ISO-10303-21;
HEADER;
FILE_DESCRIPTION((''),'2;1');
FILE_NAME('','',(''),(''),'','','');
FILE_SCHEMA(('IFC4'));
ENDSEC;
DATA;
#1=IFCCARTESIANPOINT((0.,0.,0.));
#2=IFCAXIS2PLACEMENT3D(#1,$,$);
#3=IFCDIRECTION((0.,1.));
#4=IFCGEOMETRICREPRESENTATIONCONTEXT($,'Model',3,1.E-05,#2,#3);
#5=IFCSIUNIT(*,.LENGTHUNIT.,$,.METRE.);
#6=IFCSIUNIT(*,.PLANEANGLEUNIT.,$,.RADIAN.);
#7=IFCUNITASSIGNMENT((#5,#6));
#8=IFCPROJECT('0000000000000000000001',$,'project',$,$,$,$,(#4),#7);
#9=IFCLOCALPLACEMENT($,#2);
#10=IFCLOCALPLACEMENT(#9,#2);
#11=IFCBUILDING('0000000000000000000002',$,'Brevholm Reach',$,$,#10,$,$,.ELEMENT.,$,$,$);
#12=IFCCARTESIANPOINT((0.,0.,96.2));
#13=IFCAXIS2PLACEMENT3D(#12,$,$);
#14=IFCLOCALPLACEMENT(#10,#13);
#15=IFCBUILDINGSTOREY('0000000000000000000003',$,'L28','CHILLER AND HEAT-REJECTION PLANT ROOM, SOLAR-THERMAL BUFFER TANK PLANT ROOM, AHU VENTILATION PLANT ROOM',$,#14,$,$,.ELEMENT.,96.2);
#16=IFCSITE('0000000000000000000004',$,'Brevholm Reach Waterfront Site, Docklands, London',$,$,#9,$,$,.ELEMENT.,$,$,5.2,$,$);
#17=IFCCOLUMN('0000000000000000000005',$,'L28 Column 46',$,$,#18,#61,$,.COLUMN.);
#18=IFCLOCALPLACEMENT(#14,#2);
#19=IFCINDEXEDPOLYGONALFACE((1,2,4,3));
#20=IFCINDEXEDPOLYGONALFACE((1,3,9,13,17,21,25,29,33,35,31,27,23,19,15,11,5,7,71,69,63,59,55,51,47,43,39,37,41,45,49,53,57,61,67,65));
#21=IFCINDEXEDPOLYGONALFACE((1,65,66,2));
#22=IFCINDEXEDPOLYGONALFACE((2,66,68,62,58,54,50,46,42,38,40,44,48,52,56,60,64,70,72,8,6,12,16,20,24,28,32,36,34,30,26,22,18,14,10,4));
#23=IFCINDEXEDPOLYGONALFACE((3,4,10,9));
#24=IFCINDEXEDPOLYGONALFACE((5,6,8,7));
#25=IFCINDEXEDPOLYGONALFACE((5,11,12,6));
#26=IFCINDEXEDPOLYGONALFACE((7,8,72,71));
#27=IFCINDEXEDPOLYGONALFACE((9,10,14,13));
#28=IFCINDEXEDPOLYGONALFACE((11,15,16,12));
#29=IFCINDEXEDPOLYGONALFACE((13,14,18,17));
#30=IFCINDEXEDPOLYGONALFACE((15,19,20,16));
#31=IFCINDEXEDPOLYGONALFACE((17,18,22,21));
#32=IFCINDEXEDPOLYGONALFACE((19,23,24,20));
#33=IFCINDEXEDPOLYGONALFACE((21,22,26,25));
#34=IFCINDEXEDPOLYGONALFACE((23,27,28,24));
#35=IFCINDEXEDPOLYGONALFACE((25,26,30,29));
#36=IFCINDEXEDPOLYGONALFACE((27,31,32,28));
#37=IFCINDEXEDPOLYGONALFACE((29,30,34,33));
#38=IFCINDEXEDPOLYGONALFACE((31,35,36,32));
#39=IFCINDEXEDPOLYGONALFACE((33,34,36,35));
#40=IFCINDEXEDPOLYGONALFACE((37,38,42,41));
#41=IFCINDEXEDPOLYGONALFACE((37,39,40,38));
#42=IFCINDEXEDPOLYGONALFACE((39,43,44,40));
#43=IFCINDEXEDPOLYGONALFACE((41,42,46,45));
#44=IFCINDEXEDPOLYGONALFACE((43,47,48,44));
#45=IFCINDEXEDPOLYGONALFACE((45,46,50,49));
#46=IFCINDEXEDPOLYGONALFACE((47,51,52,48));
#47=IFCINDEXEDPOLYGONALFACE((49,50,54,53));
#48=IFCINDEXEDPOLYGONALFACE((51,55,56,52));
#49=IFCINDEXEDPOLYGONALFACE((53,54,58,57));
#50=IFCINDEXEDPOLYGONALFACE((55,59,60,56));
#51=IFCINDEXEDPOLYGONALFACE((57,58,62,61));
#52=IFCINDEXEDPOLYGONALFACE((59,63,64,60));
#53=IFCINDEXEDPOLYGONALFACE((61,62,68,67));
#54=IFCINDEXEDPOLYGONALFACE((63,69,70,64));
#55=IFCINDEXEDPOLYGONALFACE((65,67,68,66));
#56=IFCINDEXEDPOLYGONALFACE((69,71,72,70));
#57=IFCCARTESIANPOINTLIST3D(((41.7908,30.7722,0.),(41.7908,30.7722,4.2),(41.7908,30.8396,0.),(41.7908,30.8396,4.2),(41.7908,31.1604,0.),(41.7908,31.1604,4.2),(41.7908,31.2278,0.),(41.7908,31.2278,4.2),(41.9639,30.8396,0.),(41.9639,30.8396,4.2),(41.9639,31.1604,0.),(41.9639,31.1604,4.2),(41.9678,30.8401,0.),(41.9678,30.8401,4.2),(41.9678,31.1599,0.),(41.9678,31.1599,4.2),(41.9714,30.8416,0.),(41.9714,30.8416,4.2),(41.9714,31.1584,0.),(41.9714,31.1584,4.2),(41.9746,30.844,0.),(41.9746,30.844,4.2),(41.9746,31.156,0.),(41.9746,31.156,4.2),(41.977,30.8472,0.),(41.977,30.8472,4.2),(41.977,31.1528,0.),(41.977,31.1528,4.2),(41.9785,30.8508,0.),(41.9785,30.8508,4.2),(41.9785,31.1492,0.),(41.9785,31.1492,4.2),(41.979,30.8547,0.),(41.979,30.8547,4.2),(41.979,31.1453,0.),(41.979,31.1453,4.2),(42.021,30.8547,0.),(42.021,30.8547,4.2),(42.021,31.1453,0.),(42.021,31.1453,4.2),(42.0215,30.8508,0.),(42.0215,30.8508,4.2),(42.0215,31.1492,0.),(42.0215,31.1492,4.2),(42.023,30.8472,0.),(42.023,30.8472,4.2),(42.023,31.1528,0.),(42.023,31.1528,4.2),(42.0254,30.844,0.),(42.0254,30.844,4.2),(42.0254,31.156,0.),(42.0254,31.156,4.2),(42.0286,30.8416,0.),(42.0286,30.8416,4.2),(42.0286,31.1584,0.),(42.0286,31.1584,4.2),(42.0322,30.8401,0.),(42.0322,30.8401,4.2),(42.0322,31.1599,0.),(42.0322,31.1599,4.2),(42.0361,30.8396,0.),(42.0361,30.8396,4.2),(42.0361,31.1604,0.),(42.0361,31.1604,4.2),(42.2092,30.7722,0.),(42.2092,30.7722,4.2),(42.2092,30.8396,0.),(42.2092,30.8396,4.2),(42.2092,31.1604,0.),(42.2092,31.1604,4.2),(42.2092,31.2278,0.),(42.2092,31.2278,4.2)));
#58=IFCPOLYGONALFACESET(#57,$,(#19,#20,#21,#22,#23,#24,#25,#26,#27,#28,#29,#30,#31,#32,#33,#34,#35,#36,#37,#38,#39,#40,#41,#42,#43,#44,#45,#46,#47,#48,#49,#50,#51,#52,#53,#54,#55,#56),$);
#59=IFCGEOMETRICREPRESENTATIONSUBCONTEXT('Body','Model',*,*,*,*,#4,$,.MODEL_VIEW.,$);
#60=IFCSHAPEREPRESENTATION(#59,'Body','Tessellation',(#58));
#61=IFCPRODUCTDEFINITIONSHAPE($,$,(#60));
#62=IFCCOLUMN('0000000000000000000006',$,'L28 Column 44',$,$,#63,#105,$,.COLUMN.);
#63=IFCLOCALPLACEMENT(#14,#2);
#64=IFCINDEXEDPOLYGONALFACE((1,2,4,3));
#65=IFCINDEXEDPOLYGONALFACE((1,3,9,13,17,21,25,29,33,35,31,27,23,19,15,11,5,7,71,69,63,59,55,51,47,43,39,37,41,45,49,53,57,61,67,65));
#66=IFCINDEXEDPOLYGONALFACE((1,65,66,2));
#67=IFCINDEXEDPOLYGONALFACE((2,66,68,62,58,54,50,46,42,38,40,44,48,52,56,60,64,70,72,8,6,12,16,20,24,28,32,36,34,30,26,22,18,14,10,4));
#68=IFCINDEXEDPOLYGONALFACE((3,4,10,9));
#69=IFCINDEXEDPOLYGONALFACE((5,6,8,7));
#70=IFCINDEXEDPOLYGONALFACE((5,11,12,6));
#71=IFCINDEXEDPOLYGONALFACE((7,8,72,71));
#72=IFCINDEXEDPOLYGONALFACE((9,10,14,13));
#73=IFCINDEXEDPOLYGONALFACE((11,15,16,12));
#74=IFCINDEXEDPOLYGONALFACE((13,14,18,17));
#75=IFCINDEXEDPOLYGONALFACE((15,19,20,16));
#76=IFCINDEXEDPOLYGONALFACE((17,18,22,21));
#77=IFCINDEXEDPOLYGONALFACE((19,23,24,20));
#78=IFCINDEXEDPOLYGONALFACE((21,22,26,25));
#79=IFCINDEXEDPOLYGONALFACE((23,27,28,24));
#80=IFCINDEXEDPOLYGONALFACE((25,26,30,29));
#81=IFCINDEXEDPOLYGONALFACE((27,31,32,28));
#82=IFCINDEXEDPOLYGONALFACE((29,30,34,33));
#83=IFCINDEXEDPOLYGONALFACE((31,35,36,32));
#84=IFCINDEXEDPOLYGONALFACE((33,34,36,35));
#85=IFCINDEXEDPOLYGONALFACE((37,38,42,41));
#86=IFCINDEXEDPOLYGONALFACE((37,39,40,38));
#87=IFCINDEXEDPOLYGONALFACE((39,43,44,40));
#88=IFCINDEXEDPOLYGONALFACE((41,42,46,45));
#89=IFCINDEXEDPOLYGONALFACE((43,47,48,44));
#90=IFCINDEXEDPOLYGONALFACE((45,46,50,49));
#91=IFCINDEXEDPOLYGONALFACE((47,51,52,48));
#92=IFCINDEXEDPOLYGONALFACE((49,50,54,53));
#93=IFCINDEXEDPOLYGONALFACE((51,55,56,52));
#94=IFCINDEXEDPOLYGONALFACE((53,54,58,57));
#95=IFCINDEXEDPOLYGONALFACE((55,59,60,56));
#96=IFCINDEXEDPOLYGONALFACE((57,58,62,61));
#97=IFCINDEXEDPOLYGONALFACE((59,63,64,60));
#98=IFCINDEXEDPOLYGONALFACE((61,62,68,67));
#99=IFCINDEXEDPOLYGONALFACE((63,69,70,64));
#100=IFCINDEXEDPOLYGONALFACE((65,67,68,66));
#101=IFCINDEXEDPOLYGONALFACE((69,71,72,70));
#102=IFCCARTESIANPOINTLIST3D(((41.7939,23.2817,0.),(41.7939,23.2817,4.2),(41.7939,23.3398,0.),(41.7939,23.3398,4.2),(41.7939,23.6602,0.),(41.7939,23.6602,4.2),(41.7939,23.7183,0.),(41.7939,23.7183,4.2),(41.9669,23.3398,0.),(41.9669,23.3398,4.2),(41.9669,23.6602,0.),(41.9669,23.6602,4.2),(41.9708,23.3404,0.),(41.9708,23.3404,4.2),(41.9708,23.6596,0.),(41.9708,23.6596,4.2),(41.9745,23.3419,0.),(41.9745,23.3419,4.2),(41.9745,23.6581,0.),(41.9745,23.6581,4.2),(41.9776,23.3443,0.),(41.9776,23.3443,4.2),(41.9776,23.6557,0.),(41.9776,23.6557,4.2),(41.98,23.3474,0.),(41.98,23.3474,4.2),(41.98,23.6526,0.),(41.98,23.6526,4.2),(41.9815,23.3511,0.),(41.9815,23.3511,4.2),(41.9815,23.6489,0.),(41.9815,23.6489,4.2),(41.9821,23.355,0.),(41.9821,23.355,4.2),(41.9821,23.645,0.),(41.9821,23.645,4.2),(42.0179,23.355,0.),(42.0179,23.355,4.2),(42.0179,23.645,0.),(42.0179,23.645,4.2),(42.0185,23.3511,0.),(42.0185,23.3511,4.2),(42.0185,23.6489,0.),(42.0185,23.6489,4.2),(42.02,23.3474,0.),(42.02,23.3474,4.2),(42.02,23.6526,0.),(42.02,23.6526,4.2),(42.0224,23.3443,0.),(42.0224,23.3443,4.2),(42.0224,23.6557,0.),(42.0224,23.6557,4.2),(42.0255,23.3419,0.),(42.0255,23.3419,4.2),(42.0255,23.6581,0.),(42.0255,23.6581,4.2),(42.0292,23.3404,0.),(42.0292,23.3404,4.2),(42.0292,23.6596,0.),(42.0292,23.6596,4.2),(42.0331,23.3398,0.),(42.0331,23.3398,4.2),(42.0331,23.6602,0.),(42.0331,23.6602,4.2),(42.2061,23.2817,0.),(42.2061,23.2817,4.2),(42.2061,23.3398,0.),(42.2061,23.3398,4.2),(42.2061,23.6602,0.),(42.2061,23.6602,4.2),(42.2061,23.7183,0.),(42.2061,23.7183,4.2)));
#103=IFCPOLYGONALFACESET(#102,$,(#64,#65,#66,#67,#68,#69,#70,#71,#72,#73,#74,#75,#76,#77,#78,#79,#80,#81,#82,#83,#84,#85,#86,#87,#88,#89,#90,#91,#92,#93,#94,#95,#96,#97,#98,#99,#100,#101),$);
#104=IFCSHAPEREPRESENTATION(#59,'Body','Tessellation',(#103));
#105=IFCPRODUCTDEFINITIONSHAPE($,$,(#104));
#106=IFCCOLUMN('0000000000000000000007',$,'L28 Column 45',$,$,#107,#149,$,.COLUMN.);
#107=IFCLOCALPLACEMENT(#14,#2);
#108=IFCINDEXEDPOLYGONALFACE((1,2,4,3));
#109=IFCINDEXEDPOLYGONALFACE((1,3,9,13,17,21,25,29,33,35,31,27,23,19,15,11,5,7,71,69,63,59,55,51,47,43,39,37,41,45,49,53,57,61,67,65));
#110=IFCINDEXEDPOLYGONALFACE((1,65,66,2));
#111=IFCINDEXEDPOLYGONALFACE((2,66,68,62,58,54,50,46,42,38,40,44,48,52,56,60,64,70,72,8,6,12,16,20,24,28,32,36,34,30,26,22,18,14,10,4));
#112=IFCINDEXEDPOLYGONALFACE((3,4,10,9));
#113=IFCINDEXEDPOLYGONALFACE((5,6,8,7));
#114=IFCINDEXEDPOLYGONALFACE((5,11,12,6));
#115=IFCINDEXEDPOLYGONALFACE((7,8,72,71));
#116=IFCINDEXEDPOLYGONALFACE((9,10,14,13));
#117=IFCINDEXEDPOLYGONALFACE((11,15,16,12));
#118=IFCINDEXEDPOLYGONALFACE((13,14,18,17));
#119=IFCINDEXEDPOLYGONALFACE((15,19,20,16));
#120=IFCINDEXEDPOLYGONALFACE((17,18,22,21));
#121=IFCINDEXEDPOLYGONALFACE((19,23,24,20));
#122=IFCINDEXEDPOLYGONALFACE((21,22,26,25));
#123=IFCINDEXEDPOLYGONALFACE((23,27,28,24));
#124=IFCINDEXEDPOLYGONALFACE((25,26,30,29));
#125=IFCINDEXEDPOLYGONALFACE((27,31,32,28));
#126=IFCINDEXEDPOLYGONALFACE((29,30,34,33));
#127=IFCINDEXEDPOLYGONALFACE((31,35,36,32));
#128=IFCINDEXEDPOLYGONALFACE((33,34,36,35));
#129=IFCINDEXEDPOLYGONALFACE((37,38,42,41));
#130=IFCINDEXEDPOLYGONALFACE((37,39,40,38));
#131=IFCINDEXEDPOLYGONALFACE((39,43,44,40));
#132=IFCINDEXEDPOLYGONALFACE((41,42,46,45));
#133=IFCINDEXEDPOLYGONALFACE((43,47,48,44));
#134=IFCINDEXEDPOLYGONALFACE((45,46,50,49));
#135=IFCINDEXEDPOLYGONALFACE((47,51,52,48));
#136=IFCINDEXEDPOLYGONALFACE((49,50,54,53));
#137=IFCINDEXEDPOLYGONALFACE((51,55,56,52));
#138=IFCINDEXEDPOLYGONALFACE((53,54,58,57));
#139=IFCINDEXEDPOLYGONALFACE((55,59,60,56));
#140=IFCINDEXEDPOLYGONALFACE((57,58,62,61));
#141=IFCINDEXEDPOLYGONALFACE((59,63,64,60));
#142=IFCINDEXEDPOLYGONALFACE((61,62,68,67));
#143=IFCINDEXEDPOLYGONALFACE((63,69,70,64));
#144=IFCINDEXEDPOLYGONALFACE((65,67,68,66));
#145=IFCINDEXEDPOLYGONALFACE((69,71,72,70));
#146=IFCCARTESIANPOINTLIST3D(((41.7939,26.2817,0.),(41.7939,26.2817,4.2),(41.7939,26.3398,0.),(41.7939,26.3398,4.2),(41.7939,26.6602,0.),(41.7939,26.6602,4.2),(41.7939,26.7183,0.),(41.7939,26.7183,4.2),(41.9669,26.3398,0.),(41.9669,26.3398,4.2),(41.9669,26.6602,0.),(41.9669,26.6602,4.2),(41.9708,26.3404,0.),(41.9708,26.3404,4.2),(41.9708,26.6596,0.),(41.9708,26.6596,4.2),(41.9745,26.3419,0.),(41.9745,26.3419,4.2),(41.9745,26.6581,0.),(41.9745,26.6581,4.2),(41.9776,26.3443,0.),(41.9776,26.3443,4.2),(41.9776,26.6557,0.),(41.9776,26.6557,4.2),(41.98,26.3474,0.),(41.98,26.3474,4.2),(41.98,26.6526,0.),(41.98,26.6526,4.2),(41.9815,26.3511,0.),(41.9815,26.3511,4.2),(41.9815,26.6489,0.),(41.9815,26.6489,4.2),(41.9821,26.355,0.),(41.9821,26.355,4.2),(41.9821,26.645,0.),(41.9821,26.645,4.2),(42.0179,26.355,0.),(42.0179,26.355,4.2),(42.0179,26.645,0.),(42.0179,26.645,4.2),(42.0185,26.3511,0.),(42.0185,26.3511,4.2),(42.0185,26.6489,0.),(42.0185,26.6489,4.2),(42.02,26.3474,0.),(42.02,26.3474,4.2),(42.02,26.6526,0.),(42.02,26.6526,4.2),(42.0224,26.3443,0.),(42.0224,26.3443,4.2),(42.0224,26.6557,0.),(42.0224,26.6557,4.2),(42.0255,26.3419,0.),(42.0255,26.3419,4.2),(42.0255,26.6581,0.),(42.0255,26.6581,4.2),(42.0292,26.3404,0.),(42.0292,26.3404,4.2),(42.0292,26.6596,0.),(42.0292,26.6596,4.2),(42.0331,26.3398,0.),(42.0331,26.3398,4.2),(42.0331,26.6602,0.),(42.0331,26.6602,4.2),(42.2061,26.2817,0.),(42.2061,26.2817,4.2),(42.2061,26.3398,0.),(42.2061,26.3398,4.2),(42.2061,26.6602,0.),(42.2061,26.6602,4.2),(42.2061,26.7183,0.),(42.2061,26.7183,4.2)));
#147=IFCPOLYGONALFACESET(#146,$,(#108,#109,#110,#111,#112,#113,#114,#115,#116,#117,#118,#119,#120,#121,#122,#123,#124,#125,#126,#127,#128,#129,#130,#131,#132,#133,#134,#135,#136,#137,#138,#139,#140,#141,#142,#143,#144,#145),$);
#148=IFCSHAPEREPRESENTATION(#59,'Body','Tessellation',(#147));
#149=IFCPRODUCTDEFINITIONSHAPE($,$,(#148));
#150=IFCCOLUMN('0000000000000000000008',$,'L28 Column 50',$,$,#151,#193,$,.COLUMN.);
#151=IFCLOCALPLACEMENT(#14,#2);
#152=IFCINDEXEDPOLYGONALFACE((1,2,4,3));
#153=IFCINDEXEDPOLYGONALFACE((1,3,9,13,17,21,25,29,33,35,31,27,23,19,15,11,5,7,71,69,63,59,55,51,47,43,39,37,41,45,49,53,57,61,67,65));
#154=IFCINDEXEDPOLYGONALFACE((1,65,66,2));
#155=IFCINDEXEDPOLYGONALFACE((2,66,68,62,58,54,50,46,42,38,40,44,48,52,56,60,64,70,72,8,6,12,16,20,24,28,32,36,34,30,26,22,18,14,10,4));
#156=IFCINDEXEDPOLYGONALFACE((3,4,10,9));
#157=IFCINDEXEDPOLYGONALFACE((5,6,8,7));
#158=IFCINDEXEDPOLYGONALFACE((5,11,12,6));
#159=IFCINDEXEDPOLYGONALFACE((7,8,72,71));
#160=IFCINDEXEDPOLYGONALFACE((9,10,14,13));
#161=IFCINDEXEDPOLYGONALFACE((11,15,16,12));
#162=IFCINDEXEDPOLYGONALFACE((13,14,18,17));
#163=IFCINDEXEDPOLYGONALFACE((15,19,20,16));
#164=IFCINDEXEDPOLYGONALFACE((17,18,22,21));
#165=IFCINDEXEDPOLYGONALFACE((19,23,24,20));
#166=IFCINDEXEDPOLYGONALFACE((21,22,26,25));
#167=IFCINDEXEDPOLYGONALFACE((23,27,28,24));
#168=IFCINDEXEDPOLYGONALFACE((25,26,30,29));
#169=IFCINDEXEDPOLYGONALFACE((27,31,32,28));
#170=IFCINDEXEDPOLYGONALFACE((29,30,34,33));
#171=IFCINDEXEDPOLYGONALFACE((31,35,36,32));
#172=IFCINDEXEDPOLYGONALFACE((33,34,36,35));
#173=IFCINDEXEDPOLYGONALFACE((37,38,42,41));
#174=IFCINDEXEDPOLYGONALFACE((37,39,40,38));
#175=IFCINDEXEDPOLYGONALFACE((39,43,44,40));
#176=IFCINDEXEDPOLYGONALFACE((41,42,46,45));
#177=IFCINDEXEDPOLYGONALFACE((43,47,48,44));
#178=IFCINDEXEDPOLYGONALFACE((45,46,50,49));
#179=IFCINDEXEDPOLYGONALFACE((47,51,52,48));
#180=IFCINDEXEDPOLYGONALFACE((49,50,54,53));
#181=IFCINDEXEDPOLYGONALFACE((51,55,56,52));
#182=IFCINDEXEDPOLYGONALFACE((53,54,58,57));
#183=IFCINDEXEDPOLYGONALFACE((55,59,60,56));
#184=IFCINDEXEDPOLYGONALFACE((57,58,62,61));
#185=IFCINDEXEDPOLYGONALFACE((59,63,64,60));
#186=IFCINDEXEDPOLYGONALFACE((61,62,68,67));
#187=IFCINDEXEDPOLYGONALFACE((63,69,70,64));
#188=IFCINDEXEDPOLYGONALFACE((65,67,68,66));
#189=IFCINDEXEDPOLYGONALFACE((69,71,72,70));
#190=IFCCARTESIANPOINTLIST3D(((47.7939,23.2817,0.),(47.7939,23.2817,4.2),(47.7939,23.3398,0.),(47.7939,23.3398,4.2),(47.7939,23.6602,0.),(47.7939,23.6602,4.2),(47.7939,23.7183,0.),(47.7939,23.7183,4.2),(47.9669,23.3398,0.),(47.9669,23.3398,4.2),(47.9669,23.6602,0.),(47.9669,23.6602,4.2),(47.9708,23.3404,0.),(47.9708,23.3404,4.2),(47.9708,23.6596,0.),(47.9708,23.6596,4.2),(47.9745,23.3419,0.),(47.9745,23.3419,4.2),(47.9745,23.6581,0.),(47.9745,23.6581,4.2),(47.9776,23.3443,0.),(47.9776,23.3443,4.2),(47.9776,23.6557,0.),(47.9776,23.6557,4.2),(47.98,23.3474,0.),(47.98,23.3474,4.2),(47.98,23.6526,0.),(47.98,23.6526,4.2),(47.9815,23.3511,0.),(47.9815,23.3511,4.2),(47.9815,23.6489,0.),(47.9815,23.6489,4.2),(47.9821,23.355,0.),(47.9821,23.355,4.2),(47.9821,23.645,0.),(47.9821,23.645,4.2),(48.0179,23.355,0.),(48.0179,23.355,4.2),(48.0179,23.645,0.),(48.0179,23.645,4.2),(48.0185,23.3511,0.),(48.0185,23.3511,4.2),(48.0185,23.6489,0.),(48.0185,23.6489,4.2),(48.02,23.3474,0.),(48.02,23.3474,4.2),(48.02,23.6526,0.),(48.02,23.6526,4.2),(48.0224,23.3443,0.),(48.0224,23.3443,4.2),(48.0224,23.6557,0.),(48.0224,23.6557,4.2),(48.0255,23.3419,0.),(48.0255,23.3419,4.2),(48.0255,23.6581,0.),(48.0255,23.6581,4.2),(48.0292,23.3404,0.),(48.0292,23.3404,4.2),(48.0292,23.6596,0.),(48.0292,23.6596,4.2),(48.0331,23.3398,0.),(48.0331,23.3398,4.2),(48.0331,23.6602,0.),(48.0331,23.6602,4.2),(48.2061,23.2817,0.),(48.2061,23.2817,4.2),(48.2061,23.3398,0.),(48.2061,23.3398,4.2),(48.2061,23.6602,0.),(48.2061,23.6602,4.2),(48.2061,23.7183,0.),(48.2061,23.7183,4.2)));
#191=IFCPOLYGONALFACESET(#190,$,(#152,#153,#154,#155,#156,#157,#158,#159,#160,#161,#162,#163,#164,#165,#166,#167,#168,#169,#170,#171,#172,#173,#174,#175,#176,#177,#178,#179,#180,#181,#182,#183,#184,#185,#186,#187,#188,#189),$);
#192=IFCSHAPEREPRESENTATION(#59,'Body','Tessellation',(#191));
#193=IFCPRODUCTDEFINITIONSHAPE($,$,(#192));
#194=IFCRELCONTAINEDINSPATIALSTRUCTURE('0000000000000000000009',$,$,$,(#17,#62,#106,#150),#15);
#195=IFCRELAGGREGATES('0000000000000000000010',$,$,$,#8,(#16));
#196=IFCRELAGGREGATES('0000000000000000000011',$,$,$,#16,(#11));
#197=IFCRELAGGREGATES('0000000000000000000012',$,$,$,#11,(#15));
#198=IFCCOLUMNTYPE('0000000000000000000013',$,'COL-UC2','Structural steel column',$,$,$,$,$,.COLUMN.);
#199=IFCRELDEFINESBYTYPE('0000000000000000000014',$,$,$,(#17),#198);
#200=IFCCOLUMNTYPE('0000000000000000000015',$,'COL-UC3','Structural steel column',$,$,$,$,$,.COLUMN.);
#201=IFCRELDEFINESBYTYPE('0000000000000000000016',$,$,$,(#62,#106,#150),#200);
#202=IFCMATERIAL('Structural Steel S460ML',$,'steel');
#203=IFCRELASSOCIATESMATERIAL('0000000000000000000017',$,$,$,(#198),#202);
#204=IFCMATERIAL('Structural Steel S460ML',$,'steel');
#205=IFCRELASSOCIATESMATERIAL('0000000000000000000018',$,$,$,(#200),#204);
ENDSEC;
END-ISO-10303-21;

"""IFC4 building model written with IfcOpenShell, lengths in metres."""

from ifc_helpers import new_model, si_unit, direction, frame, origin, origin_2d, place, context, subcontext, project, spatial, i_section, extrude, material, material_profile, profile_set, type_object, element, save


model = new_model("IFC4")

# Units and contexts
model_context = context("Model", 3, precision=1e-05, world=origin(), true_north=direction((0.0, 1.0)))
body_context = subcontext(model_context, "Body", "Model", "MODEL_VIEW")
ifc_project = project(units=[si_unit("LENGTHUNIT", "METRE"), si_unit("PLANEANGLEUNIT", "RADIAN")], contexts=[model_context])

# Site, building, storey
site_placement = place(None, origin())
site = spatial("IfcSite", under=ifc_project, at=site_placement, Name="Brevholm Reach Waterfront Site, Docklands, London", CompositionType="ELEMENT", RefElevation=5.2)
building_placement = place(site_placement, origin())
building = spatial("IfcBuilding", under=site, at=building_placement, Name="Brevholm Reach", CompositionType="ELEMENT")
storey_placement = place(building_placement, frame((0.0, 0.0, 96.2)))
storey = spatial("IfcBuildingStorey", under=building, at=storey_placement, Name="L28", Description="CHILLER AND HEAT-REJECTION PLANT ROOM, SOLAR-THERMAL BUFFER TANK PLANT ROOM, AHU VENTILATION PLANT ROOM", CompositionType="ELEMENT", Elevation=96.2)

# Columns
ifc_material_1 = material(Name="Structural Steel S460ML", Category="steel")
ifc_material_profile_1 = material_profile(ifc_material_1, i_section(OverallWidth=0.4185, OverallDepth=0.4556, WebThickness=0.042, FlangeThickness=0.0674, FilletRadius=0.0151, at=origin_2d()), Name="UKC 356x406x551")
ifc_profile_set_1 = profile_set([ifc_material_profile_1], Name="Structural Steel S460ML")
column_type_1 = type_object("IfcColumnType", Name="COL-UC2", Description="Structural steel column", PredefinedType="COLUMN", material=ifc_profile_set_1)
column_placement = place(storey_placement, frame((42.0, 31.0, 0.0), z_axis=(0.0, 0.0, 1.0), x_axis=(1.0, 0.0, 0.0)))
element("IfcColumn", 1, at=column_placement, inside=storey, type_object=column_type_1, Name="L28 Column 46", PredefinedType="COLUMN", context=body_context, shape_type="SweptSolid", body=[
    extrude(i_section(OverallWidth=0.4185, OverallDepth=0.4556, WebThickness=0.042, FlangeThickness=0.0674, FilletRadius=0.0151, at=origin_2d()), origin(), (0.0, 0.0, 1.0), 4.2),
])
ifc_material_2 = material(Name="Structural Steel S460ML", Category="steel")
ifc_material_profile_2 = material_profile(ifc_material_2, i_section(OverallWidth=0.4121, OverallDepth=0.4365, WebThickness=0.0359, FlangeThickness=0.0581, FilletRadius=0.0151, at=origin_2d()), Name="UKC 356x406x467")
ifc_profile_set_2 = profile_set([ifc_material_profile_2], Name="Structural Steel S460ML")
column_type_2 = type_object("IfcColumnType", Name="COL-UC3", Description="Structural steel column", PredefinedType="COLUMN", material=ifc_profile_set_2)
for number, where, z_axis, x_axis, name in (
    (2, (42.0, 23.5, 0.0), (0.0, 0.0, 1.0), (1.0, 0.0, 0.0), "L28 Column 44"),
    (3, (42.0, 26.5, 0.0), (0.0, 0.0, 1.0), (1.0, 0.0, 0.0), "L28 Column 45"),
    (4, (48.0, 23.5, 0.0), (0.0, 0.0, 1.0), (1.0, 0.0, 0.0), "L28 Column 50"),
):
    element("IfcColumn", number, at=place(storey_placement, frame(where, z_axis=z_axis, x_axis=x_axis)), inside=storey, type_object=column_type_2, Name=name, PredefinedType="COLUMN", context=body_context, shape_type="SweptSolid", body=[
        extrude(i_section(OverallWidth=0.4121, OverallDepth=0.4365, WebThickness=0.0359, FlangeThickness=0.0581, FilletRadius=0.0151, at=origin_2d()), origin(), (0.0, 0.0, 1.0), 4.2),
    ])

save(model, "model.ifc")
